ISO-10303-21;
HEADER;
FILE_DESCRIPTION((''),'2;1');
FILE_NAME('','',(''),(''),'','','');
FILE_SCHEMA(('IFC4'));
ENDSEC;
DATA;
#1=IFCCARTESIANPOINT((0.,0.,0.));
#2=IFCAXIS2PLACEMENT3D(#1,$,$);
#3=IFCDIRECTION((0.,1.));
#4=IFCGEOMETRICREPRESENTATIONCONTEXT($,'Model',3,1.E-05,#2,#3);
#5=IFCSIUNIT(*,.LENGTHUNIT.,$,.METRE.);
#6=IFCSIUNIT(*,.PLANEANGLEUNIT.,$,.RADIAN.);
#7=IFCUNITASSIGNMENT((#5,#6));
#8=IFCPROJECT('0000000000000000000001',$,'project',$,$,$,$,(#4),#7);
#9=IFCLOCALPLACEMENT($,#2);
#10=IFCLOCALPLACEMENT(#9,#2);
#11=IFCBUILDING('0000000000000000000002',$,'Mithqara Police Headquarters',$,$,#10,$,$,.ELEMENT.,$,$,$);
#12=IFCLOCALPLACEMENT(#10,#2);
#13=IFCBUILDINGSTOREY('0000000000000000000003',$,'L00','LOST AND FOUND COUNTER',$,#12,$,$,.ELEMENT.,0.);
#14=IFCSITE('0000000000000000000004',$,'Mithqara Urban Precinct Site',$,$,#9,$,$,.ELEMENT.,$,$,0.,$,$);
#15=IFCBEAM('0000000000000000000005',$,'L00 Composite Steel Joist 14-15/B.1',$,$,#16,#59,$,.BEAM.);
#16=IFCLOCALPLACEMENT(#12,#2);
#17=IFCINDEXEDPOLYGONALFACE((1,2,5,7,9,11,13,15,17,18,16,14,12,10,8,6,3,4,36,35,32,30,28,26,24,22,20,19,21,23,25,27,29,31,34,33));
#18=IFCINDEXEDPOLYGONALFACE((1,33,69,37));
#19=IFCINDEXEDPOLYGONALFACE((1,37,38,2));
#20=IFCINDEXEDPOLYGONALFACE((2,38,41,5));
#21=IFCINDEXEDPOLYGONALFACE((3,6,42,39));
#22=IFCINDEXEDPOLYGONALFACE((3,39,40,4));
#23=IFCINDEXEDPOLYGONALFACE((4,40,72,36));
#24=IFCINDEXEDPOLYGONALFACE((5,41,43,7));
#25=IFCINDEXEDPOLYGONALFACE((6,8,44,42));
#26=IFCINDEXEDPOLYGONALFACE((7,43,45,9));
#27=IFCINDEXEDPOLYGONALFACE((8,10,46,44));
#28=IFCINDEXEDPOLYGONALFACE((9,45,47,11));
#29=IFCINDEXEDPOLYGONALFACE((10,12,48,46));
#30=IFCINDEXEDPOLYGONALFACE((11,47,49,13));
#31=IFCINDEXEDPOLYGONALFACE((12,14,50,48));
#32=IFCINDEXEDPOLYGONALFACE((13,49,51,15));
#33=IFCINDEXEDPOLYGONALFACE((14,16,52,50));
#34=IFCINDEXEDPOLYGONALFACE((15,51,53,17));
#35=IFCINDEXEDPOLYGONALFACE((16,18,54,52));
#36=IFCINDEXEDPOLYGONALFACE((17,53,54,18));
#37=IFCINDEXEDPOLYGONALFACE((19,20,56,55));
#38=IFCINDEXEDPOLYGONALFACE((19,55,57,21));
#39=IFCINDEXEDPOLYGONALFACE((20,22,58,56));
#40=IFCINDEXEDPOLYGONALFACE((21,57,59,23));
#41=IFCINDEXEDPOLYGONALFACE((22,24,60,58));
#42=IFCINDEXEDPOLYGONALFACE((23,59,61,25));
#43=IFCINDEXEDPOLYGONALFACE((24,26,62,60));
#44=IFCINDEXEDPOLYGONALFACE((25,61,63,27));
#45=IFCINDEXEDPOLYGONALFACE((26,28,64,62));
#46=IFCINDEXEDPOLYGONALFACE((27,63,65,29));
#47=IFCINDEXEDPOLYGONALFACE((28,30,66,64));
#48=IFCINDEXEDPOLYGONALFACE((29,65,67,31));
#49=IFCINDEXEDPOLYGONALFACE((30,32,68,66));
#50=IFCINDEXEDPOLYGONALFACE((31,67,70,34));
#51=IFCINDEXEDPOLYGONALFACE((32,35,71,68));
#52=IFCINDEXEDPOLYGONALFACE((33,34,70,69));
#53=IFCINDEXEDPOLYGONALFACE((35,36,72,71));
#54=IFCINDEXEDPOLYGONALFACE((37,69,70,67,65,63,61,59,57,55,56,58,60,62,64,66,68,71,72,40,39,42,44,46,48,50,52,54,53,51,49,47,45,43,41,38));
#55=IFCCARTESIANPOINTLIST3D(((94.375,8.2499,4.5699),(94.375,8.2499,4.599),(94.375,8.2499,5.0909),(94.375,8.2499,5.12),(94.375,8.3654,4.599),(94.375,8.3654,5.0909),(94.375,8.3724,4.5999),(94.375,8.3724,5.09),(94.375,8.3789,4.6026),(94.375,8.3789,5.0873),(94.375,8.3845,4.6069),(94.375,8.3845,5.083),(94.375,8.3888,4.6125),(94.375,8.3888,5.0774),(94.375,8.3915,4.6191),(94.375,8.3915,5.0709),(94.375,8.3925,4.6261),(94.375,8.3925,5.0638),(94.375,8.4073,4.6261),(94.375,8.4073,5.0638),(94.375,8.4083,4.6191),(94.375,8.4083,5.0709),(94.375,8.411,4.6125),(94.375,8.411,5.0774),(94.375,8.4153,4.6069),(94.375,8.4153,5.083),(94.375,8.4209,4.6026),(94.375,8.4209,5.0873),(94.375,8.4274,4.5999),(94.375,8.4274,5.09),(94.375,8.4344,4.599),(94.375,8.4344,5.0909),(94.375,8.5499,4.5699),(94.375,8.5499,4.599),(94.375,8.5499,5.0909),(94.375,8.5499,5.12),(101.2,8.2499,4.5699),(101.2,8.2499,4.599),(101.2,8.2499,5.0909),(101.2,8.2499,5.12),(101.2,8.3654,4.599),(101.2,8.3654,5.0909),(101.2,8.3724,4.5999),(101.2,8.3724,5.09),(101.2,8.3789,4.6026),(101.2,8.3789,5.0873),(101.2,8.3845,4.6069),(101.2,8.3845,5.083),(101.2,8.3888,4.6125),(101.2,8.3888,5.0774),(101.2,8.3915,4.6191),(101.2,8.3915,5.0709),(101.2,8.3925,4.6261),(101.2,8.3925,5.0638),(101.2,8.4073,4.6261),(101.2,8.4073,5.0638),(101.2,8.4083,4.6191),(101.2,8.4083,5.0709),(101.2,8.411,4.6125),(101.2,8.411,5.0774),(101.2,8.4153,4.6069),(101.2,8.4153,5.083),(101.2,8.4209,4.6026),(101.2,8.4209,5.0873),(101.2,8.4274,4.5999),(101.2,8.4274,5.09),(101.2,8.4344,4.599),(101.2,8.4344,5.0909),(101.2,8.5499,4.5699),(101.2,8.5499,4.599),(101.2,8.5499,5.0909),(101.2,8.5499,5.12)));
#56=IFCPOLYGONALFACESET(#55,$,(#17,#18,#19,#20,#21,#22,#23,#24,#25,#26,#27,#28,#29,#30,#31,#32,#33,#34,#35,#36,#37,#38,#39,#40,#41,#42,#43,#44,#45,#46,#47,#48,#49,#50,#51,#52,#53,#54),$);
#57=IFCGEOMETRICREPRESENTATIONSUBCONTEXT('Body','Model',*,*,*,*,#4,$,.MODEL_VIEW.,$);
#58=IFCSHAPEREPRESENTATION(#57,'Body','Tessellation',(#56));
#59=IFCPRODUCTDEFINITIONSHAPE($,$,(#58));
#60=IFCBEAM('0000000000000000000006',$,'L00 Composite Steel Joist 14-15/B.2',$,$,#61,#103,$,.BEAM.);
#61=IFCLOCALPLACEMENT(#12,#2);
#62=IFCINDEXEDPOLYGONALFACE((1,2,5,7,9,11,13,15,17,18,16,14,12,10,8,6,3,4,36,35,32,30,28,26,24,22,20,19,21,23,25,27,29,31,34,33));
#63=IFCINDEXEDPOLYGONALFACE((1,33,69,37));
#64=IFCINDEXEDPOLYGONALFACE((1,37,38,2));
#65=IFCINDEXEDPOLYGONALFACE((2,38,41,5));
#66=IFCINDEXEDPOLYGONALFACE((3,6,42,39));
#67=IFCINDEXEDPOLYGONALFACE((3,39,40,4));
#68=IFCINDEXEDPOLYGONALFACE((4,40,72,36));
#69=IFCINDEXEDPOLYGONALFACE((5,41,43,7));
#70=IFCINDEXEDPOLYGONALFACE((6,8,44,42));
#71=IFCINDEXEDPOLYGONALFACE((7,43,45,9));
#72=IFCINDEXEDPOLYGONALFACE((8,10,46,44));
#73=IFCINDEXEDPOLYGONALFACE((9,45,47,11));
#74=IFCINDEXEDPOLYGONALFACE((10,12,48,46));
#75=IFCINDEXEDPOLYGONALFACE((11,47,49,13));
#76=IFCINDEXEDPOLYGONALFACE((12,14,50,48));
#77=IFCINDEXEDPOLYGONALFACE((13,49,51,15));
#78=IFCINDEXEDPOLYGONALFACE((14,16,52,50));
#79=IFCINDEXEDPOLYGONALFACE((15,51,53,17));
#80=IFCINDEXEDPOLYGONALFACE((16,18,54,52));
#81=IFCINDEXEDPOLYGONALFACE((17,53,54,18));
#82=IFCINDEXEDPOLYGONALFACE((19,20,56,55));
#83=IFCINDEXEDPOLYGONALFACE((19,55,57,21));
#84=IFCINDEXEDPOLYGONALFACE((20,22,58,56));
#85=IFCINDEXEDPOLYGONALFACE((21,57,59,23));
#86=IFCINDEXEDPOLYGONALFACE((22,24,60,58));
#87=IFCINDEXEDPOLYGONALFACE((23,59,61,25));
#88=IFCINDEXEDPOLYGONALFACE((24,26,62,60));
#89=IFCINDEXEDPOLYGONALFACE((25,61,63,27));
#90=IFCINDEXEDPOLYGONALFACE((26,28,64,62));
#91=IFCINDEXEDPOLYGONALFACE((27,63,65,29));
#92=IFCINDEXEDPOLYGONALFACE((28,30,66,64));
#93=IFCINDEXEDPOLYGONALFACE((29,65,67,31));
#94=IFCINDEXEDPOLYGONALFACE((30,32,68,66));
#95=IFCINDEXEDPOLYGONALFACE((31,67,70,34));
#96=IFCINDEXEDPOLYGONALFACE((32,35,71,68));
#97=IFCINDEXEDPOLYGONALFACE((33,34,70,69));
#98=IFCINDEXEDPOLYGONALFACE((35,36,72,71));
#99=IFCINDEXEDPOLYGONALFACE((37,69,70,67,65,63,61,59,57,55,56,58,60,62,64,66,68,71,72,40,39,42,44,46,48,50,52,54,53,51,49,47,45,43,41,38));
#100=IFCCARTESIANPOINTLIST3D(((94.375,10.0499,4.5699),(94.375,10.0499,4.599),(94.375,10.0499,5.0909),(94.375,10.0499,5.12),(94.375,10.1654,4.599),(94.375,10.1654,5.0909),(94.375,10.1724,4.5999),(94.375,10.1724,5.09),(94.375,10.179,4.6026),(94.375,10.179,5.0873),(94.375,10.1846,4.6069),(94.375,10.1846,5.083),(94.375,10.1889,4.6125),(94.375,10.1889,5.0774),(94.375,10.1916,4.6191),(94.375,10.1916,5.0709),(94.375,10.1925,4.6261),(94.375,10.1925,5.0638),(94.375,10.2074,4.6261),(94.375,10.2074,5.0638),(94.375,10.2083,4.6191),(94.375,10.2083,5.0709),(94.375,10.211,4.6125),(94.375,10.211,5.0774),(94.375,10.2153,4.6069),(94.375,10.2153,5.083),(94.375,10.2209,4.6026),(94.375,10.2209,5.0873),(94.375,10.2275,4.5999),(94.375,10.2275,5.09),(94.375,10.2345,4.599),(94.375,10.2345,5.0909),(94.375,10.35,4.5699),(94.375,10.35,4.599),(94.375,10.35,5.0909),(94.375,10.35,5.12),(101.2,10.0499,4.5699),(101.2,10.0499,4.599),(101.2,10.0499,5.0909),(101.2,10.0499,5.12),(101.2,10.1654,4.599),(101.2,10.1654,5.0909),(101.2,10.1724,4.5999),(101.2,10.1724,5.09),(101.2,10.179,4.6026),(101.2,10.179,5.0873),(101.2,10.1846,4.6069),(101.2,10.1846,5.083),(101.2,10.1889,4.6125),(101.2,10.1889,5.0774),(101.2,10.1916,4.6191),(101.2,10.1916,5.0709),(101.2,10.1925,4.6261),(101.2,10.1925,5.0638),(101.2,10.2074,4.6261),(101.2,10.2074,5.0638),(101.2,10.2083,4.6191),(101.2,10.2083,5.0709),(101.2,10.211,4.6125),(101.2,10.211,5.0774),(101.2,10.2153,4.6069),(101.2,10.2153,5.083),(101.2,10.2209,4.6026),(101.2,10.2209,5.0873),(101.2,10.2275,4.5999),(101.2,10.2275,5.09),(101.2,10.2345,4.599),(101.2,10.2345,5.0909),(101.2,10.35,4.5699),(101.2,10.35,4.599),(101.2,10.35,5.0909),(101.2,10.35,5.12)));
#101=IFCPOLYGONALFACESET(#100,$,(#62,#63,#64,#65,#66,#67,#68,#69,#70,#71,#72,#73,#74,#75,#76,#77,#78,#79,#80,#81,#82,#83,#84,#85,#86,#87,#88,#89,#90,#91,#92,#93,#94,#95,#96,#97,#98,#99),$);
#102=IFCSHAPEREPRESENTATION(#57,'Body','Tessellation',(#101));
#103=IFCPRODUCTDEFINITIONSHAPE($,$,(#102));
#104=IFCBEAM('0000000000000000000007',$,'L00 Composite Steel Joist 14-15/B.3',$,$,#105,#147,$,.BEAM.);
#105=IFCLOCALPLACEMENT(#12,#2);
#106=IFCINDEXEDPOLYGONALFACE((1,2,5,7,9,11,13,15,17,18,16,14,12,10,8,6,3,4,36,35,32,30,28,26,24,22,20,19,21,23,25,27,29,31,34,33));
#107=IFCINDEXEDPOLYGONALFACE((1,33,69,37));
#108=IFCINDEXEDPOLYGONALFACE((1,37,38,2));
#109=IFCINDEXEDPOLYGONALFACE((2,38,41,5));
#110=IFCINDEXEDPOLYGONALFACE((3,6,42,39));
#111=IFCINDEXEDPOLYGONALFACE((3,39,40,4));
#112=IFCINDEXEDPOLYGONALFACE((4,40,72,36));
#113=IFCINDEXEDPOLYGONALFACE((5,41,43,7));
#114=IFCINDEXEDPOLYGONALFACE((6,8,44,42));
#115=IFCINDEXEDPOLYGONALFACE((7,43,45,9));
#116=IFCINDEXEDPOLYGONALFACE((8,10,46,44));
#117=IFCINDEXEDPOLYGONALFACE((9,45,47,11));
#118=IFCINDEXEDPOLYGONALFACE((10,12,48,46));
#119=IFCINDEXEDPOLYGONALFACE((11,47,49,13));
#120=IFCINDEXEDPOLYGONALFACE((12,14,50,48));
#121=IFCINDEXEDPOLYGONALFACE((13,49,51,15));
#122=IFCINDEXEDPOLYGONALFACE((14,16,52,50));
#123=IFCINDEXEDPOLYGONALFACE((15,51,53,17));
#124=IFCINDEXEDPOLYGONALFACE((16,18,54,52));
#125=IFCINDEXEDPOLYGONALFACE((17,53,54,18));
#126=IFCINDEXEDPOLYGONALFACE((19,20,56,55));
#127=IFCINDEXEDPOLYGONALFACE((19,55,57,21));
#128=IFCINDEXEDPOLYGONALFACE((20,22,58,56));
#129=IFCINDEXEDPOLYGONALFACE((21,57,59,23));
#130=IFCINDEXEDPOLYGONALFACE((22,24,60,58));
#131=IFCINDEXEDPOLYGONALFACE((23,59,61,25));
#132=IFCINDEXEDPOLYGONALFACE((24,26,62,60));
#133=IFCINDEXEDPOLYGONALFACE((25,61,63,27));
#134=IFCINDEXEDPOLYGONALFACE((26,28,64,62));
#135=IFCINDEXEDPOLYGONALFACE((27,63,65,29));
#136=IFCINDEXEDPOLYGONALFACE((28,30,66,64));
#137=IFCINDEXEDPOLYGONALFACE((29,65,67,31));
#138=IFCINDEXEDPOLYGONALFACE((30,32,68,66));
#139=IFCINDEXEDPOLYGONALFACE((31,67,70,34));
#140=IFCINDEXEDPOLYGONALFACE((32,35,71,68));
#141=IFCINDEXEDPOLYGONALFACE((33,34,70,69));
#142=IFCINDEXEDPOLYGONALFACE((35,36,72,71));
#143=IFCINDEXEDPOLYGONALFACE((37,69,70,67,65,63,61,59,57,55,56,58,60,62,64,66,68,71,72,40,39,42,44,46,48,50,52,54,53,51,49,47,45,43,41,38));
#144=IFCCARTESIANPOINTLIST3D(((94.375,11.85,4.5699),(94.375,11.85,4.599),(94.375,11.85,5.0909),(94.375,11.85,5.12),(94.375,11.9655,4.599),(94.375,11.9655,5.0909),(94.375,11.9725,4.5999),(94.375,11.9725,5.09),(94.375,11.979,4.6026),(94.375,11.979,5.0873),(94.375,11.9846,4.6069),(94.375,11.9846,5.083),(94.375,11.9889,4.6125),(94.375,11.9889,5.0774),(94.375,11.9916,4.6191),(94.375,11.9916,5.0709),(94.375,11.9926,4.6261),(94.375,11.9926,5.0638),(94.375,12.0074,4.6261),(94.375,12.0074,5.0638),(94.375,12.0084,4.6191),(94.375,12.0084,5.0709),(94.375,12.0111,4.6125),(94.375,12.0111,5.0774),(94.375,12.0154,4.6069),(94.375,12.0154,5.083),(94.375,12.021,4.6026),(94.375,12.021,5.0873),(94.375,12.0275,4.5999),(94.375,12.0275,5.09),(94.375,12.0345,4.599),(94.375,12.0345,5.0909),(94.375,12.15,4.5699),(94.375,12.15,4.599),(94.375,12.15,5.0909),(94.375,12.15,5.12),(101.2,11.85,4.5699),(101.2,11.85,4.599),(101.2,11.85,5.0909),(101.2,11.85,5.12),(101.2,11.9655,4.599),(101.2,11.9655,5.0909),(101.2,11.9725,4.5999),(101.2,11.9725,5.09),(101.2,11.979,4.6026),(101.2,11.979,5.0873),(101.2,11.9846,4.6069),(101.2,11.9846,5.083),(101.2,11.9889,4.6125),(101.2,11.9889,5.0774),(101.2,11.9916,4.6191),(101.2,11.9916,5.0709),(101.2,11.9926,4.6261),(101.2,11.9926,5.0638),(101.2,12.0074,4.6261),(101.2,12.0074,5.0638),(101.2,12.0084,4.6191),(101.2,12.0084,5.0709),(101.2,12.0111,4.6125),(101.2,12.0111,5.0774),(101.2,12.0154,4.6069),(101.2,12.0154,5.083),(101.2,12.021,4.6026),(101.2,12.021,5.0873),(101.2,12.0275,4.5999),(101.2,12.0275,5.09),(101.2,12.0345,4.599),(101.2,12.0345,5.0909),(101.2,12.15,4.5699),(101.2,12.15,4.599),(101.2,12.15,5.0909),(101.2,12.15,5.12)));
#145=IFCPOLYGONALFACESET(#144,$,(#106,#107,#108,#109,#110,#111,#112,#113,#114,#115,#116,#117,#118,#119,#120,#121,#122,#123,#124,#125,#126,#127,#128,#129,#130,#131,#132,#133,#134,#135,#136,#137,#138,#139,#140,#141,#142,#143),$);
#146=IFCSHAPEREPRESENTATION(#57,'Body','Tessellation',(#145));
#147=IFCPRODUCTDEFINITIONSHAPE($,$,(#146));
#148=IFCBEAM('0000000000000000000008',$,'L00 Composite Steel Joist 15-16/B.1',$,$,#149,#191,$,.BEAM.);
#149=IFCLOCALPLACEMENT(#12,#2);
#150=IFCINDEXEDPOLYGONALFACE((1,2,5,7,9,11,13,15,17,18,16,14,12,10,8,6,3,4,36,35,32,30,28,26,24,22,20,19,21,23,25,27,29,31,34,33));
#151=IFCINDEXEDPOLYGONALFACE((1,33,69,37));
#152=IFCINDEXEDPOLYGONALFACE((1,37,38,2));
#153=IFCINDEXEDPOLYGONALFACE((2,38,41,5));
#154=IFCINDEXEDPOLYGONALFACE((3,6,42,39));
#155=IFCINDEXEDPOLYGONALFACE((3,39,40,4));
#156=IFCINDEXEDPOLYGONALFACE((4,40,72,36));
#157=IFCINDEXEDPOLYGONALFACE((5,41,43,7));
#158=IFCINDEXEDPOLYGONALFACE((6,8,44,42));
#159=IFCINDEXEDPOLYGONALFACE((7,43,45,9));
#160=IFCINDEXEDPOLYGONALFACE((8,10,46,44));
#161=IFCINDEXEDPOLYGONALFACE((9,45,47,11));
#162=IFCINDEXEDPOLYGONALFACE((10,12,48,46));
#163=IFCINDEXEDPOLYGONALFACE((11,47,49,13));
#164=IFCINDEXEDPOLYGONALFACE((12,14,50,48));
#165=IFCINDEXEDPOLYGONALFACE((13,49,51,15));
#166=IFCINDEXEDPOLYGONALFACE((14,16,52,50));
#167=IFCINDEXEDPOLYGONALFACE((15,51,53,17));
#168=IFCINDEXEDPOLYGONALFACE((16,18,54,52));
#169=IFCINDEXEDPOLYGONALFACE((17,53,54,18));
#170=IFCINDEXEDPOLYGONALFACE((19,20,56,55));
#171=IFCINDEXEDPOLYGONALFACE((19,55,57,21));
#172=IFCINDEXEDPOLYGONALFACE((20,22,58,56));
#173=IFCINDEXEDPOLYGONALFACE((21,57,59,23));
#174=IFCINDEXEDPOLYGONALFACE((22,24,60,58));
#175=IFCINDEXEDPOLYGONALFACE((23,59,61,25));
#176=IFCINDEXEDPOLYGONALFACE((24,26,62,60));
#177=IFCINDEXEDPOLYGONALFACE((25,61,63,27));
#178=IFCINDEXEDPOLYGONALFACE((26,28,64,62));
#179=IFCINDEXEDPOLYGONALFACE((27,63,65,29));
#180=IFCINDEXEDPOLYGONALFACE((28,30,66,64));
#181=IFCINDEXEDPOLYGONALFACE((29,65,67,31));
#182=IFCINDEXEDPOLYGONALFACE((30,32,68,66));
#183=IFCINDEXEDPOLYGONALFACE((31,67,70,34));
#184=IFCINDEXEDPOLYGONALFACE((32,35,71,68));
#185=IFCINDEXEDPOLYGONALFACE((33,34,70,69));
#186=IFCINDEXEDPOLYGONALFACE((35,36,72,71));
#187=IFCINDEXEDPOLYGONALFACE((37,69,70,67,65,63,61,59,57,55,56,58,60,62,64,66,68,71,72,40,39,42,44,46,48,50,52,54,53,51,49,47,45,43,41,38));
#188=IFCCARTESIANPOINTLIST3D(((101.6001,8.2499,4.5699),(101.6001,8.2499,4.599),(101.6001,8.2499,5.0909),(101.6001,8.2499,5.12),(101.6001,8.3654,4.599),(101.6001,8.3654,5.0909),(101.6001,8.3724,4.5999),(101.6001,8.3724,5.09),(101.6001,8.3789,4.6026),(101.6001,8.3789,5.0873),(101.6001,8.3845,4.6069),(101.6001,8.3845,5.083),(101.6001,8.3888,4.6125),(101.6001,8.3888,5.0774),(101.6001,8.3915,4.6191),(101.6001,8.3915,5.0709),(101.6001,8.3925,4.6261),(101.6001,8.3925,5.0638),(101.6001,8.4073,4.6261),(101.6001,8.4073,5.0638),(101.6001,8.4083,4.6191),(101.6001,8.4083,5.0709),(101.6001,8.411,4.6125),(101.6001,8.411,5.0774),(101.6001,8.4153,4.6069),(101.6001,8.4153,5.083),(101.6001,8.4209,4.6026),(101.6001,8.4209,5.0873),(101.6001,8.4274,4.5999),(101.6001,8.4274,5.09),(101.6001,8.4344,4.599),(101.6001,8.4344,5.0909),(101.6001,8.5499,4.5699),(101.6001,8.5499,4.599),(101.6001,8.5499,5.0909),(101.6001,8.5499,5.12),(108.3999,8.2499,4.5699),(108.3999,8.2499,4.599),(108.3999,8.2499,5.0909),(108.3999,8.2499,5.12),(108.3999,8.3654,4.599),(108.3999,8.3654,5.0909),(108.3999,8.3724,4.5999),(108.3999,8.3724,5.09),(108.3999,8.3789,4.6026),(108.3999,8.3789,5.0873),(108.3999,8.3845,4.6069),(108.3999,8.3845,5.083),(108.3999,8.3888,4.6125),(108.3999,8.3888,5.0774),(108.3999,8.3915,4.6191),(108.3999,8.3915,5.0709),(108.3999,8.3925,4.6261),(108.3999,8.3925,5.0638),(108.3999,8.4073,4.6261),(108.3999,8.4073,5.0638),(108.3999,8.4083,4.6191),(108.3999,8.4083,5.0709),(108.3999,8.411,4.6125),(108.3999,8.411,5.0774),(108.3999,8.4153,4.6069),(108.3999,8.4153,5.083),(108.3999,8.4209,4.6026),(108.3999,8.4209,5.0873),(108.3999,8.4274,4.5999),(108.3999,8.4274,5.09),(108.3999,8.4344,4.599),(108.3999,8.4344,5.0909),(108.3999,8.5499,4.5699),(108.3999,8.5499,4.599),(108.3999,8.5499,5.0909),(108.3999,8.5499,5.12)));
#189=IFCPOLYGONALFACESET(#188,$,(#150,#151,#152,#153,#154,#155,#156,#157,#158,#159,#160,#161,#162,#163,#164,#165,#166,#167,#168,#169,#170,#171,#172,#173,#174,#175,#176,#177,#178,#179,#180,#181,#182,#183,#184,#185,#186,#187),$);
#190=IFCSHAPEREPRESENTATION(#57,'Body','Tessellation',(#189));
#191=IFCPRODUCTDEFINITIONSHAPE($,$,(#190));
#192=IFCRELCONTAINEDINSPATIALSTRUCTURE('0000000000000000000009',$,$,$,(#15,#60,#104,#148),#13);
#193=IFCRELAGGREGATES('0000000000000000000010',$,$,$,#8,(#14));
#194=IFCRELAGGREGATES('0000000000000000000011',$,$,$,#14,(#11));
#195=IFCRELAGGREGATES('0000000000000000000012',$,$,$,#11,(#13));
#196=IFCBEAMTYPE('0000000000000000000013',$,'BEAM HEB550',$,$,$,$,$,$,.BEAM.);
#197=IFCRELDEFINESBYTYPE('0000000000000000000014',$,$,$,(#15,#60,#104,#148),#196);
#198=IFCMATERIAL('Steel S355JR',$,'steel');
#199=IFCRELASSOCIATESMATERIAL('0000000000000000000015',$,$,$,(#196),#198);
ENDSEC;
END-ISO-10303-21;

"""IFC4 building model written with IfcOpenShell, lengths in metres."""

from ifc_helpers import new_model, si_unit, direction, frame, origin, origin_2d, place, context, subcontext, project, spatial, i_section, extrude, material, material_profile, profile_set, type_object, element, save


model = new_model("IFC4")

# Units and contexts
model_context = context("Model", 3, precision=1e-05, world=origin(), true_north=direction((0.0, 1.0)))
body_context = subcontext(model_context, "Body", "Model", "MODEL_VIEW")
ifc_project = project(units=[si_unit("LENGTHUNIT", "METRE"), si_unit("PLANEANGLEUNIT", "RADIAN")], contexts=[model_context])

# Site, building, storey
site_placement = place(None, origin())
site = spatial("IfcSite", under=ifc_project, at=site_placement, Name="Mithqara Urban Precinct Site", CompositionType="ELEMENT", RefElevation=0.0)
building_placement = place(site_placement, origin())
building = spatial("IfcBuilding", under=site, at=building_placement, Name="Mithqara Police Headquarters", CompositionType="ELEMENT")
storey_placement = place(building_placement, origin())
storey = spatial("IfcBuildingStorey", under=building, at=storey_placement, Name="L00", Description="LOST AND FOUND COUNTER", CompositionType="ELEMENT", Elevation=0.0)

# Beams
ifc_material_1 = material(Name="Steel S355JR", Category="steel")
ifc_material_profile_1 = material_profile(ifc_material_1, i_section(OverallWidth=0.3, OverallDepth=0.55, WebThickness=0.0149, FlangeThickness=0.0291, FilletRadius=0.0271, at=origin_2d()), Name="HEB 550")
ifc_profile_set_1 = profile_set([ifc_material_profile_1], Name="Steel S355JR")
beam_type_1 = type_object("IfcBeamType", Name="BEAM HEB550", PredefinedType="BEAM", material=ifc_profile_set_1)
for number, where, z_axis, x_axis, name in (
    (1, (94.375, 8.3999, 4.845), (1.0, 0.0, 0.0), (0.0, 1.0, 0.0), "L00 Composite Steel Joist 14-15/B.1"),
    (2, (94.375, 10.2, 4.845), (1.0, 0.0, 0.0), (0.0, 1.0, 0.0), "L00 Composite Steel Joist 14-15/B.2"),
    (3, (94.375, 12.0, 4.845), (1.0, 0.0, 0.0), (0.0, 1.0, 0.0), "L00 Composite Steel Joist 14-15/B.3"),
):
    element("IfcBeam", number, at=place(storey_placement, frame(where, z_axis=z_axis, x_axis=x_axis)), inside=storey, type_object=beam_type_1, Name=name, PredefinedType="BEAM", context=body_context, shape_type="SweptSolid", body=[
        extrude(i_section(OverallWidth=0.3, OverallDepth=0.55, WebThickness=0.0149, FlangeThickness=0.0291, FilletRadius=0.0271, at=origin_2d()), origin(), (0.0, 0.0, 1.0), 6.825),
    ])
for number, where, z_axis, x_axis, name in (
    (4, (101.6001, 8.3999, 4.845), (1.0, 0.0, 0.0), (0.0, 1.0, 0.0), "L00 Composite Steel Joist 15-16/B.1"),
):
    element("IfcBeam", number, at=place(storey_placement, frame(where, z_axis=z_axis, x_axis=x_axis)), inside=storey, type_object=beam_type_1, Name=name, PredefinedType="BEAM", context=body_context, shape_type="SweptSolid", body=[
        extrude(i_section(OverallWidth=0.3, OverallDepth=0.55, WebThickness=0.0149, FlangeThickness=0.0291, FilletRadius=0.0271, at=origin_2d()), origin(), (0.0, 0.0, 1.0), 6.7998),
    ])

save(model, "model.ifc")
